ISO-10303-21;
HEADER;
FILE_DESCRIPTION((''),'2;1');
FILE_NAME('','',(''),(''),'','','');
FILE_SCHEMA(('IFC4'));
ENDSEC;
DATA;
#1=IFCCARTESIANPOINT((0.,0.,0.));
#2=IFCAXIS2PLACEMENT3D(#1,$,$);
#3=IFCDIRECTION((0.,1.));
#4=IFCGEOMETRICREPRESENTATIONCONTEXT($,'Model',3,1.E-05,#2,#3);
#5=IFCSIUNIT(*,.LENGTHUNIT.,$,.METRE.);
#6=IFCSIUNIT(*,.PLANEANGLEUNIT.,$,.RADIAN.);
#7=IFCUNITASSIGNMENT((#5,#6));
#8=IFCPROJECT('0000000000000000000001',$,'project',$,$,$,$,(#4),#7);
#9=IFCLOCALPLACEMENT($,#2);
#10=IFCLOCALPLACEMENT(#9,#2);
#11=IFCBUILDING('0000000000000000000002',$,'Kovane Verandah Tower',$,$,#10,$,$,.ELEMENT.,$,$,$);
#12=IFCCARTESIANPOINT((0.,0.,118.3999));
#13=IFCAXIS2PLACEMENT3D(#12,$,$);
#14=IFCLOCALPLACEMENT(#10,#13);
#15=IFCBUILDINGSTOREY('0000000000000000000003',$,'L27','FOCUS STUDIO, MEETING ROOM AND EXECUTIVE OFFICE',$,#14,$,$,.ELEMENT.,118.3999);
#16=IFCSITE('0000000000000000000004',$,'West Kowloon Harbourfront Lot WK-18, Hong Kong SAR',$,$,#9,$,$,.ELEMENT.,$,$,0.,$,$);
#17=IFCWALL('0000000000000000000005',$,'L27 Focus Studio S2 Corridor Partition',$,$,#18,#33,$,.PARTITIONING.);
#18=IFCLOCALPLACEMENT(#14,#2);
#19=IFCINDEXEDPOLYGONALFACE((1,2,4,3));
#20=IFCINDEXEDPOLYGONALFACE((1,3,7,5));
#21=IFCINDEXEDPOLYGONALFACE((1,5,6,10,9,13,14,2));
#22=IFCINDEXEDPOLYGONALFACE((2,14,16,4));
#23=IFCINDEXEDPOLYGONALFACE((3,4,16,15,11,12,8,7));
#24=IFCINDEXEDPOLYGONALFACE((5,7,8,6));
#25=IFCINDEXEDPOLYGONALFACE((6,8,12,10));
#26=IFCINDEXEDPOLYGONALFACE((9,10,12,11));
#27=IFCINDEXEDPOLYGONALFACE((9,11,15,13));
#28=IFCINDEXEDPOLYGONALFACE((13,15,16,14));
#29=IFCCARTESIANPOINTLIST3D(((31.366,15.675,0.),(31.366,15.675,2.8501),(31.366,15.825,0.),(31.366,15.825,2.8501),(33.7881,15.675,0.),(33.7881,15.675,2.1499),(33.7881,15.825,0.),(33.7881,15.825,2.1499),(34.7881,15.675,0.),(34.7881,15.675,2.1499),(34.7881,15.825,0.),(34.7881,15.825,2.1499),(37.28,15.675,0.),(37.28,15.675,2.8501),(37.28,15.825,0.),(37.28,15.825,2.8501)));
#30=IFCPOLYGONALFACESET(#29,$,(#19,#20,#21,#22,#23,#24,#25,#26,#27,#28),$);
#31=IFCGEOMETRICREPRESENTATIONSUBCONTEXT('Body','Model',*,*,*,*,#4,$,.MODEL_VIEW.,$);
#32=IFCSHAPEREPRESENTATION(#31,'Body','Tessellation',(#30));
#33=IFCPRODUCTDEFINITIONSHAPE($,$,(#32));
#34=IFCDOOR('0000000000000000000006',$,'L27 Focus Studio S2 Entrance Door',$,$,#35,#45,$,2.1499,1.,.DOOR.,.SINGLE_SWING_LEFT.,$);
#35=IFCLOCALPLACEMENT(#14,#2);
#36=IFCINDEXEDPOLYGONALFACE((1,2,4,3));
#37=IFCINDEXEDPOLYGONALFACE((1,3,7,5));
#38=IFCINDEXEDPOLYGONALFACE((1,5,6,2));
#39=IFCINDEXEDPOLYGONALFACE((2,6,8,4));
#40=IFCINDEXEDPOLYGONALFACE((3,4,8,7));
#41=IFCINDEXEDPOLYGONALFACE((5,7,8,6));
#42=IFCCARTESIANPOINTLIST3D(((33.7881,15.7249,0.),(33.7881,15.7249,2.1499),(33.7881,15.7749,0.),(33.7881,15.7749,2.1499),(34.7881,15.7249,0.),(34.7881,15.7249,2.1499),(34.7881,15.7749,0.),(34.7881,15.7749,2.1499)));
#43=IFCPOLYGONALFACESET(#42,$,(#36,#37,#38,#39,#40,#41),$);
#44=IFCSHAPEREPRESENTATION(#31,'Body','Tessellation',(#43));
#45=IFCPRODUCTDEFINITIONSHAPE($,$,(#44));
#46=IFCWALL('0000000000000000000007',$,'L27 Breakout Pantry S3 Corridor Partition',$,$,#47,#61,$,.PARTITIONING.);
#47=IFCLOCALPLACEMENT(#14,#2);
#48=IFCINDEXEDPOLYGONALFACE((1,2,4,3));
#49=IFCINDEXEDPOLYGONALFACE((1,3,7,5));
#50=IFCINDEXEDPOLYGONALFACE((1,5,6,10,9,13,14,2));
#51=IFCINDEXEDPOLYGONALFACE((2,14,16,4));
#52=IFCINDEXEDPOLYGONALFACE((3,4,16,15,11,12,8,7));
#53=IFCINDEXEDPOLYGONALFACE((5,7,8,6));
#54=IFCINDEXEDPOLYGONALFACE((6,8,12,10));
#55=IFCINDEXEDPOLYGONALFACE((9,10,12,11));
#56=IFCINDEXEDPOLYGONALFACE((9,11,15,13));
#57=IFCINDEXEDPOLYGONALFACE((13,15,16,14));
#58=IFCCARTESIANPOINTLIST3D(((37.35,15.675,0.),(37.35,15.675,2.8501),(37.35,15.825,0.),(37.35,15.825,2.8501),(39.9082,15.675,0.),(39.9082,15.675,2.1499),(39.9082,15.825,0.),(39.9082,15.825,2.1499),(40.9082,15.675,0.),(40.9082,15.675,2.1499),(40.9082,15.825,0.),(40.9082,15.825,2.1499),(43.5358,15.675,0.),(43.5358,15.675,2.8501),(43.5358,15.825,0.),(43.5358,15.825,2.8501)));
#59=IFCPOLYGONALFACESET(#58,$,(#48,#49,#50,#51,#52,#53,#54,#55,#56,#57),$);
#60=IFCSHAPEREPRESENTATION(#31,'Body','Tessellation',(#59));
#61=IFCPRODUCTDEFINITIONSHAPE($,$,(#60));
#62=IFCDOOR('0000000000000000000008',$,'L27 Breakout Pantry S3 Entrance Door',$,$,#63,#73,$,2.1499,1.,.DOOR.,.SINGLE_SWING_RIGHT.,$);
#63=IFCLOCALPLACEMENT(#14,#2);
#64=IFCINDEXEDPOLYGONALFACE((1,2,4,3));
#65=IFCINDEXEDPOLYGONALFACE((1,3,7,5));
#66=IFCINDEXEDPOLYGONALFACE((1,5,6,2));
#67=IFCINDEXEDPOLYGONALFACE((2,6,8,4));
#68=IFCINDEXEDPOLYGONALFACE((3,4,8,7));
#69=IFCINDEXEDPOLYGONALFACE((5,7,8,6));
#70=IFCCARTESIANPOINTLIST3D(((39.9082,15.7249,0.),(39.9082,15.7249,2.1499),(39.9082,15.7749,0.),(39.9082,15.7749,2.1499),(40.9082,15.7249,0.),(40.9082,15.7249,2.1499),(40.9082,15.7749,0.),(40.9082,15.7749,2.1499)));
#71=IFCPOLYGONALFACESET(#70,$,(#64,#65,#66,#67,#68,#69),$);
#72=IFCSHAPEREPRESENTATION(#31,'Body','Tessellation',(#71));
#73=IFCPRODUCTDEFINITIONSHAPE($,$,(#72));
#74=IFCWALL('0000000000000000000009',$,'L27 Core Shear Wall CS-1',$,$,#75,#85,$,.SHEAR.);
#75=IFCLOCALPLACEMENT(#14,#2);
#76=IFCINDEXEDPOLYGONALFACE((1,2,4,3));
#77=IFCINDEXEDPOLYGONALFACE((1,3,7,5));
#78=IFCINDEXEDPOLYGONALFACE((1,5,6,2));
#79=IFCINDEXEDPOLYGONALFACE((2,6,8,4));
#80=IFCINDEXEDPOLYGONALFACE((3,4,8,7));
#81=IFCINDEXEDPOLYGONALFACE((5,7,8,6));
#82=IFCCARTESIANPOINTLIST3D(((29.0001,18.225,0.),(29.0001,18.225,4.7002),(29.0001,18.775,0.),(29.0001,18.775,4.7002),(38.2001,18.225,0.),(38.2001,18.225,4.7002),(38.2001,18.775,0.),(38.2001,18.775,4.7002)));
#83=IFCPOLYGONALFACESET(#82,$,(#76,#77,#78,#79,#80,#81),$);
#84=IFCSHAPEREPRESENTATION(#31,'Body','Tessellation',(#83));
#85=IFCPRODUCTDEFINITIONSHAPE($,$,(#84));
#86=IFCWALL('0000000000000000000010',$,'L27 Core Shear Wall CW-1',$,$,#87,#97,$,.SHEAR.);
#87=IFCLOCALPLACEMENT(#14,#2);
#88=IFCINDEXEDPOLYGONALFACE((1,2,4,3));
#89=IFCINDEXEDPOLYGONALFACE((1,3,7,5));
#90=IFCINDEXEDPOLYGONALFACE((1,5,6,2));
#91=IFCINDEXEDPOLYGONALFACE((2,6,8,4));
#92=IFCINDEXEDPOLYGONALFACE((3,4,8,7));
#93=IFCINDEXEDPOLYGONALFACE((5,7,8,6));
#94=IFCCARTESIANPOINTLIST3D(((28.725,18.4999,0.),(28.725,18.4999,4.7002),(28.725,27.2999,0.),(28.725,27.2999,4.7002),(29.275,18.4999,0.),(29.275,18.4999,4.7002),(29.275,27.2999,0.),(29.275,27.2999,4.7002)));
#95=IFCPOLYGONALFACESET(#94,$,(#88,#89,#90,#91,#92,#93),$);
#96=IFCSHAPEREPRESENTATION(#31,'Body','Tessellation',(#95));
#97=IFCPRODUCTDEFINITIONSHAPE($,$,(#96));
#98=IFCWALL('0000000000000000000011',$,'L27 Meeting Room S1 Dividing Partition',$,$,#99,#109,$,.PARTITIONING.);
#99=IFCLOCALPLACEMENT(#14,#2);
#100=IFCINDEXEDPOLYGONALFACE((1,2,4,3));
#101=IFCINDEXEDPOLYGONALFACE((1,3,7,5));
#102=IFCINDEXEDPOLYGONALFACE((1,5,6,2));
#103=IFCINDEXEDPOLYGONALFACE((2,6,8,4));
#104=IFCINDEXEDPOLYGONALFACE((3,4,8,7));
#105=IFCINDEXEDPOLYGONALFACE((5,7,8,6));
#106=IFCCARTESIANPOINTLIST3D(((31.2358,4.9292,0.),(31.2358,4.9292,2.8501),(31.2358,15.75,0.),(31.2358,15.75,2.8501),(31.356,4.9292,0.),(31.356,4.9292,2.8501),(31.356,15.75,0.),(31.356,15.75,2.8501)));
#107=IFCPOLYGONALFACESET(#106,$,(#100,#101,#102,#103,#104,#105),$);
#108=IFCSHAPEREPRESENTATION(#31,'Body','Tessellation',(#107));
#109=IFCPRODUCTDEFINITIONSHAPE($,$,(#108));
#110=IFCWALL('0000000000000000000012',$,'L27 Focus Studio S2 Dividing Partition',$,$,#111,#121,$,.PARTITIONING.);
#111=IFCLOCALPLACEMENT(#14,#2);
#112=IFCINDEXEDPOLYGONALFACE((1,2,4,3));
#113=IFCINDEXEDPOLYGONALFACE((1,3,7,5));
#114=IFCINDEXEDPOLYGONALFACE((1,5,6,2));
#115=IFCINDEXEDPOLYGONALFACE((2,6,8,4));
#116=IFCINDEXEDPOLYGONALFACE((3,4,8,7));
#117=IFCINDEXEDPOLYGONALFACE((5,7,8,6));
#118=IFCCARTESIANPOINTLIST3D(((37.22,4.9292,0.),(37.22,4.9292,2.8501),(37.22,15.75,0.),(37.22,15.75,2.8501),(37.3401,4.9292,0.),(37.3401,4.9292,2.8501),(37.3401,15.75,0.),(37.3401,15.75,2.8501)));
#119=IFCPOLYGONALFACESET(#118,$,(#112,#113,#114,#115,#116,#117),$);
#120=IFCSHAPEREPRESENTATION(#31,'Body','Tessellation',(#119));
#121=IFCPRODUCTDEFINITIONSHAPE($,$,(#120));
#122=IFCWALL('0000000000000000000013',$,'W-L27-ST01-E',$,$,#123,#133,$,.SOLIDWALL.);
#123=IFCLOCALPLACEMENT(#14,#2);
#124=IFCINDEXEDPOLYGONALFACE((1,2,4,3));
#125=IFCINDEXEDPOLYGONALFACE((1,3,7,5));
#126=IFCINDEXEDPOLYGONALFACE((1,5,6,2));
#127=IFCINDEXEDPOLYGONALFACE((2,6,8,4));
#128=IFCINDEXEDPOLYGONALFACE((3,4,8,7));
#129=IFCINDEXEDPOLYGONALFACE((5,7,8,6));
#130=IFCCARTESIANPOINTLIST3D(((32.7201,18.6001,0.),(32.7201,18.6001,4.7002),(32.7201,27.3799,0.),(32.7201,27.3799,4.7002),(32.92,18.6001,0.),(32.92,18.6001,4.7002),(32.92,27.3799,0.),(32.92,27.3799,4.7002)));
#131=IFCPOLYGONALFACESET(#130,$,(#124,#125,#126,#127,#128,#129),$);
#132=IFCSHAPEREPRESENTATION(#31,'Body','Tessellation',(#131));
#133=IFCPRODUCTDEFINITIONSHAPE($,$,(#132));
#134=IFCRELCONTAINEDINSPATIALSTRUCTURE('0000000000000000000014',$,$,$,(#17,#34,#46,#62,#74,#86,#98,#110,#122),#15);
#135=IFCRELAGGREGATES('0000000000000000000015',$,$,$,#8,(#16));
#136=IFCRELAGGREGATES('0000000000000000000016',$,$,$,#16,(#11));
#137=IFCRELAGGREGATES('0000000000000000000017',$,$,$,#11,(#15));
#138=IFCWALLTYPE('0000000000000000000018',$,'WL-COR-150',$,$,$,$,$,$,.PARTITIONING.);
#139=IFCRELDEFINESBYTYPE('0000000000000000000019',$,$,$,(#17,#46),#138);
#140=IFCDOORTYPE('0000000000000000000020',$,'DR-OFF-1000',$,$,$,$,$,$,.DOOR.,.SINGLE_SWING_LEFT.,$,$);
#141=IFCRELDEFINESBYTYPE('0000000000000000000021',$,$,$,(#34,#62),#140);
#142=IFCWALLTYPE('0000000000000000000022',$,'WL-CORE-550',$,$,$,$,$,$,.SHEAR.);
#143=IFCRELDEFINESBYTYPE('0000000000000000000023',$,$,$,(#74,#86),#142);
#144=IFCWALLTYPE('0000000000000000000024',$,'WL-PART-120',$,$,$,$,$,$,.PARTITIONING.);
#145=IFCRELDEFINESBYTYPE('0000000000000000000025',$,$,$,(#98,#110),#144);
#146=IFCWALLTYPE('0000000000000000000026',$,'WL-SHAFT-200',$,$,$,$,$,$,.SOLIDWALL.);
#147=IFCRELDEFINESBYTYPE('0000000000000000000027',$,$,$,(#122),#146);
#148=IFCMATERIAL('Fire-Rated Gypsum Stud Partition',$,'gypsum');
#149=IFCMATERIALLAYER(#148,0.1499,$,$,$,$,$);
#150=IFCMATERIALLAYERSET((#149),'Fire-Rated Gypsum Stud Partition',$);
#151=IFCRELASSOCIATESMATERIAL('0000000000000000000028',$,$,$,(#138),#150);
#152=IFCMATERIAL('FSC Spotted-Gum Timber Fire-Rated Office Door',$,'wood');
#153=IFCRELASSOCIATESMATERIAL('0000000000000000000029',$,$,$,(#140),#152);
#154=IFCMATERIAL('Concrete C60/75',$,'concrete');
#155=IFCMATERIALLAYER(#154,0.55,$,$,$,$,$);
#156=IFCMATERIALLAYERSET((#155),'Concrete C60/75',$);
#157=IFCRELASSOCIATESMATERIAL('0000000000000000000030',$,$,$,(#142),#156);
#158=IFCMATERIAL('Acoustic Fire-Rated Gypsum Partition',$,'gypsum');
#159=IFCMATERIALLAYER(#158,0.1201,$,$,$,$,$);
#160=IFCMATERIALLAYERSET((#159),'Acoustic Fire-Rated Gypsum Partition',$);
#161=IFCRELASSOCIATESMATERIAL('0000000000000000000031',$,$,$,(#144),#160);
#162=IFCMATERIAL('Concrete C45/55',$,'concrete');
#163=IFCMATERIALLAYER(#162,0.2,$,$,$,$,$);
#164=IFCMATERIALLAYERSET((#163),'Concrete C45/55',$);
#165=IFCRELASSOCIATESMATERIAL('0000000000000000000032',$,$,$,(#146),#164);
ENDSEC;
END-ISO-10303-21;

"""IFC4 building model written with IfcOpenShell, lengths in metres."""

from ifc_helpers import new_model, si_unit, direction, frame, frame_2d, origin, place, context, subcontext, project, spatial, rectangle, extrude, material, layer, layer_set, type_object, element, fill, save


model = new_model("IFC4")

# Units and contexts
model_context = context("Model", 3, precision=1e-05, world=origin(), true_north=direction((0.0, 1.0)))
body_context = subcontext(model_context, "Body", "Model", "MODEL_VIEW")
ifc_project = project(units=[si_unit("LENGTHUNIT", "METRE"), si_unit("PLANEANGLEUNIT", "RADIAN")], contexts=[model_context])

# Site, building, storey
site_placement = place(None, origin())
site = spatial("IfcSite", under=ifc_project, at=site_placement, Name="West Kowloon Harbourfront Lot WK-18, Hong Kong SAR", CompositionType="ELEMENT", RefElevation=0.0)
building_placement = place(site_placement, origin())
building = spatial("IfcBuilding", under=site, at=building_placement, Name="Kovane Verandah Tower", CompositionType="ELEMENT")
storey_placement = place(building_placement, frame((0.0, 0.0, 118.3999)))
storey = spatial("IfcBuildingStorey", under=building, at=storey_placement, Name="L27", Description="FOCUS STUDIO, MEETING ROOM AND EXECUTIVE OFFICE", CompositionType="ELEMENT", Elevation=118.3999)

# Walls, openings, doors
ifc_material_1 = material(Name="Fire-Rated Gypsum Stud Partition", Category="gypsum")
ifc_layer_1 = layer(ifc_material_1, 0.1499)
ifc_layer_set_1 = layer_set([ifc_layer_1], Name="Fire-Rated Gypsum Stud Partition")
wall_type_1 = type_object("IfcWallType", Name="WL-COR-150", PredefinedType="PARTITIONING", material=ifc_layer_set_1)
wall_1_placement = place(storey_placement, frame((31.366, 15.75, 0.0), z_axis=(0.0, 0.0, 1.0), x_axis=(1.0, 0.0, 0.0)))
wall_1 = element("IfcWall", 1, at=wall_1_placement, inside=storey, type_object=wall_type_1, Name="L27 Focus Studio S2 Corridor Partition", PredefinedType="PARTITIONING", context=body_context, shape_type="SweptSolid", body=[
    extrude(rectangle(XDim=5.9141, YDim=0.1499, at=frame_2d((2.957, 0.0))), origin(), (0.0, 0.0, 1.0), 2.8501),
])
opening_1_placement = place(wall_1_placement, frame((2.4221, 0.0, 0.0)))
opening_1 = element("IfcOpeningElement", 2, at=opening_1_placement, cuts=wall_1, PredefinedType="OPENING", context=body_context, shape_type="SweptSolid", body=[
    extrude(rectangle(XDim=1.0, YDim=2.1499, at=frame_2d((0.5, 1.075))), frame((0.0, 0.075, 0.0), z_axis=(0.0, -1.0, 0.0), x_axis=(1.0, 0.0, 0.0)), (0.0, 0.0, 1.0), 0.1499),
])
ifc_material_2 = material(Name="FSC Spotted-Gum Timber Fire-Rated Office Door", Category="wood")
door_type = type_object("IfcDoorType", Name="DR-OFF-1000", OperationType="SINGLE_SWING_LEFT", PredefinedType="DOOR", material=ifc_material_2)
door_1_placement = place(opening_1_placement, origin())
door_1 = element("IfcDoor", 3, at=door_1_placement, inside=storey, type_object=door_type, Name="L27 Focus Studio S2 Entrance Door", OperationType="SINGLE_SWING_LEFT", OverallHeight=2.1499, OverallWidth=1.0, PredefinedType="DOOR", context=body_context, shape_type="SweptSolid", body=[
    extrude(rectangle(XDim=1.0, YDim=2.1499, at=frame_2d((0.5, 1.075))), frame((0.0, 0.0249, 0.0), z_axis=(0.0, -1.0, 0.0), x_axis=(1.0, 0.0, 0.0)), (0.0, 0.0, 1.0), 0.05),
])
fill(opening_1, door_1)
wall_2_placement = place(storey_placement, frame((37.3501, 15.75, 0.0), z_axis=(0.0, 0.0, 1.0), x_axis=(1.0, 0.0, 0.0)))
wall_2 = element("IfcWall", 4, at=wall_2_placement, inside=storey, type_object=wall_type_1, Name="L27 Breakout Pantry S3 Corridor Partition", PredefinedType="PARTITIONING", context=body_context, shape_type="SweptSolid", body=[
    extrude(rectangle(XDim=6.1858, YDim=0.1499, at=frame_2d((3.0928, 0.0))), origin(), (0.0, 0.0, 1.0), 2.8501),
])
opening_2_placement = place(wall_2_placement, frame((2.5581, 0.0, 0.0)))
opening_2 = element("IfcOpeningElement", 5, at=opening_2_placement, cuts=wall_2, PredefinedType="OPENING", context=body_context, shape_type="SweptSolid", body=[
    extrude(rectangle(XDim=1.0, YDim=2.1499, at=frame_2d((0.5, 1.075))), frame((0.0, 0.075, 0.0), z_axis=(0.0, -1.0, 0.0), x_axis=(1.0, 0.0, 0.0)), (0.0, 0.0, 1.0), 0.1499),
])
door_2_placement = place(opening_2_placement, origin())
door_2 = element("IfcDoor", 6, at=door_2_placement, inside=storey, type_object=door_type, Name="L27 Breakout Pantry S3 Entrance Door", OperationType="SINGLE_SWING_RIGHT", OverallHeight=2.1499, OverallWidth=1.0, PredefinedType="DOOR", context=body_context, shape_type="SweptSolid", body=[
    extrude(rectangle(XDim=1.0, YDim=2.1499, at=frame_2d((0.5, 1.075))), frame((0.0, 0.0249, 0.0), z_axis=(0.0, -1.0, 0.0), x_axis=(1.0, 0.0, 0.0)), (0.0, 0.0, 1.0), 0.05),
])
fill(opening_2, door_2)

# Walls
ifc_material_3 = material(Name="Concrete C60/75", Category="concrete")
ifc_layer_2 = layer(ifc_material_3, 0.55)
ifc_layer_set_2 = layer_set([ifc_layer_2], Name="Concrete C60/75")
wall_type_2 = type_object("IfcWallType", Name="WL-CORE-550", PredefinedType="SHEAR", material=ifc_layer_set_2)
wall_3_placement = place(storey_placement, frame((29.0, 18.5, 0.0), z_axis=(0.0, 0.0, 1.0), x_axis=(1.0, 0.0, 0.0)))
element("IfcWall", 7, at=wall_3_placement, inside=storey, type_object=wall_type_2, Name="L27 Core Shear Wall CS-1", PredefinedType="SHEAR", context=body_context, shape_type="SweptSolid", body=[
    extrude(rectangle(XDim=9.2, YDim=0.55, at=frame_2d((4.6001, 0.0))), origin(), (0.0, 0.0, 1.0), 4.7002),
])
wall_4_placement = place(storey_placement, frame((29.0, 18.5, 0.0), z_axis=(0.0, 0.0, 1.0), x_axis=(0.0, 1.0, 0.0)))
element("IfcWall", 8, at=wall_4_placement, inside=storey, type_object=wall_type_2, Name="L27 Core Shear Wall CW-1", PredefinedType="SHEAR", context=body_context, shape_type="SweptSolid", body=[
    extrude(rectangle(XDim=8.8, YDim=0.55, at=frame_2d((4.3999, 0.0))), origin(), (0.0, 0.0, 1.0), 4.7002),
])
ifc_material_4 = material(Name="Acoustic Fire-Rated Gypsum Partition", Category="gypsum")
ifc_layer_3 = layer(ifc_material_4, 0.1201)
ifc_layer_set_3 = layer_set([ifc_layer_3], Name="Acoustic Fire-Rated Gypsum Partition")
wall_type_3 = type_object("IfcWallType", Name="WL-PART-120", PredefinedType="PARTITIONING", material=ifc_layer_set_3)
for number, where, z_axis, x_axis, name in (
    (9, (31.2959, 4.9292, 0.0), (0.0, 0.0, 1.0), (0.0, 1.0, 0.0), "L27 Meeting Room S1 Dividing Partition"),
    (10, (37.28, 4.9292, 0.0), (0.0, 0.0, 1.0), (0.0, 1.0, 0.0), "L27 Focus Studio S2 Dividing Partition"),
):
    element("IfcWall", number, at=place(storey_placement, frame(where, z_axis=z_axis, x_axis=x_axis)), inside=storey, type_object=wall_type_3, Name=name, PredefinedType="PARTITIONING", context=body_context, shape_type="SweptSolid", body=[
        extrude(rectangle(XDim=10.8208, YDim=0.1201, at=frame_2d((5.4104, 0.0))), origin(), (0.0, 0.0, 1.0), 2.8501),
    ])
ifc_material_5 = material(Name="Concrete C45/55", Category="concrete")
ifc_layer_4 = layer(ifc_material_5, 0.2)
ifc_layer_set_4 = layer_set([ifc_layer_4], Name="Concrete C45/55")
wall_type_4 = type_object("IfcWallType", Name="WL-SHAFT-200", PredefinedType="SOLIDWALL", material=ifc_layer_set_4)
wall_5_placement = place(storey_placement, frame((32.8201, 18.6001, 0.0), z_axis=(0.0, 0.0, 1.0), x_axis=(0.0, 1.0, 0.0)))
element("IfcWall", 11, at=wall_5_placement, inside=storey, type_object=wall_type_4, Name="W-L27-ST01-E", PredefinedType="SOLIDWALL", context=body_context, shape_type="SweptSolid", body=[
    extrude(rectangle(XDim=8.7798, YDim=0.2, at=frame_2d((4.3899, 0.0))), origin(), (0.0, 0.0, 1.0), 4.7002),
])

save(model, "model.ifc")
